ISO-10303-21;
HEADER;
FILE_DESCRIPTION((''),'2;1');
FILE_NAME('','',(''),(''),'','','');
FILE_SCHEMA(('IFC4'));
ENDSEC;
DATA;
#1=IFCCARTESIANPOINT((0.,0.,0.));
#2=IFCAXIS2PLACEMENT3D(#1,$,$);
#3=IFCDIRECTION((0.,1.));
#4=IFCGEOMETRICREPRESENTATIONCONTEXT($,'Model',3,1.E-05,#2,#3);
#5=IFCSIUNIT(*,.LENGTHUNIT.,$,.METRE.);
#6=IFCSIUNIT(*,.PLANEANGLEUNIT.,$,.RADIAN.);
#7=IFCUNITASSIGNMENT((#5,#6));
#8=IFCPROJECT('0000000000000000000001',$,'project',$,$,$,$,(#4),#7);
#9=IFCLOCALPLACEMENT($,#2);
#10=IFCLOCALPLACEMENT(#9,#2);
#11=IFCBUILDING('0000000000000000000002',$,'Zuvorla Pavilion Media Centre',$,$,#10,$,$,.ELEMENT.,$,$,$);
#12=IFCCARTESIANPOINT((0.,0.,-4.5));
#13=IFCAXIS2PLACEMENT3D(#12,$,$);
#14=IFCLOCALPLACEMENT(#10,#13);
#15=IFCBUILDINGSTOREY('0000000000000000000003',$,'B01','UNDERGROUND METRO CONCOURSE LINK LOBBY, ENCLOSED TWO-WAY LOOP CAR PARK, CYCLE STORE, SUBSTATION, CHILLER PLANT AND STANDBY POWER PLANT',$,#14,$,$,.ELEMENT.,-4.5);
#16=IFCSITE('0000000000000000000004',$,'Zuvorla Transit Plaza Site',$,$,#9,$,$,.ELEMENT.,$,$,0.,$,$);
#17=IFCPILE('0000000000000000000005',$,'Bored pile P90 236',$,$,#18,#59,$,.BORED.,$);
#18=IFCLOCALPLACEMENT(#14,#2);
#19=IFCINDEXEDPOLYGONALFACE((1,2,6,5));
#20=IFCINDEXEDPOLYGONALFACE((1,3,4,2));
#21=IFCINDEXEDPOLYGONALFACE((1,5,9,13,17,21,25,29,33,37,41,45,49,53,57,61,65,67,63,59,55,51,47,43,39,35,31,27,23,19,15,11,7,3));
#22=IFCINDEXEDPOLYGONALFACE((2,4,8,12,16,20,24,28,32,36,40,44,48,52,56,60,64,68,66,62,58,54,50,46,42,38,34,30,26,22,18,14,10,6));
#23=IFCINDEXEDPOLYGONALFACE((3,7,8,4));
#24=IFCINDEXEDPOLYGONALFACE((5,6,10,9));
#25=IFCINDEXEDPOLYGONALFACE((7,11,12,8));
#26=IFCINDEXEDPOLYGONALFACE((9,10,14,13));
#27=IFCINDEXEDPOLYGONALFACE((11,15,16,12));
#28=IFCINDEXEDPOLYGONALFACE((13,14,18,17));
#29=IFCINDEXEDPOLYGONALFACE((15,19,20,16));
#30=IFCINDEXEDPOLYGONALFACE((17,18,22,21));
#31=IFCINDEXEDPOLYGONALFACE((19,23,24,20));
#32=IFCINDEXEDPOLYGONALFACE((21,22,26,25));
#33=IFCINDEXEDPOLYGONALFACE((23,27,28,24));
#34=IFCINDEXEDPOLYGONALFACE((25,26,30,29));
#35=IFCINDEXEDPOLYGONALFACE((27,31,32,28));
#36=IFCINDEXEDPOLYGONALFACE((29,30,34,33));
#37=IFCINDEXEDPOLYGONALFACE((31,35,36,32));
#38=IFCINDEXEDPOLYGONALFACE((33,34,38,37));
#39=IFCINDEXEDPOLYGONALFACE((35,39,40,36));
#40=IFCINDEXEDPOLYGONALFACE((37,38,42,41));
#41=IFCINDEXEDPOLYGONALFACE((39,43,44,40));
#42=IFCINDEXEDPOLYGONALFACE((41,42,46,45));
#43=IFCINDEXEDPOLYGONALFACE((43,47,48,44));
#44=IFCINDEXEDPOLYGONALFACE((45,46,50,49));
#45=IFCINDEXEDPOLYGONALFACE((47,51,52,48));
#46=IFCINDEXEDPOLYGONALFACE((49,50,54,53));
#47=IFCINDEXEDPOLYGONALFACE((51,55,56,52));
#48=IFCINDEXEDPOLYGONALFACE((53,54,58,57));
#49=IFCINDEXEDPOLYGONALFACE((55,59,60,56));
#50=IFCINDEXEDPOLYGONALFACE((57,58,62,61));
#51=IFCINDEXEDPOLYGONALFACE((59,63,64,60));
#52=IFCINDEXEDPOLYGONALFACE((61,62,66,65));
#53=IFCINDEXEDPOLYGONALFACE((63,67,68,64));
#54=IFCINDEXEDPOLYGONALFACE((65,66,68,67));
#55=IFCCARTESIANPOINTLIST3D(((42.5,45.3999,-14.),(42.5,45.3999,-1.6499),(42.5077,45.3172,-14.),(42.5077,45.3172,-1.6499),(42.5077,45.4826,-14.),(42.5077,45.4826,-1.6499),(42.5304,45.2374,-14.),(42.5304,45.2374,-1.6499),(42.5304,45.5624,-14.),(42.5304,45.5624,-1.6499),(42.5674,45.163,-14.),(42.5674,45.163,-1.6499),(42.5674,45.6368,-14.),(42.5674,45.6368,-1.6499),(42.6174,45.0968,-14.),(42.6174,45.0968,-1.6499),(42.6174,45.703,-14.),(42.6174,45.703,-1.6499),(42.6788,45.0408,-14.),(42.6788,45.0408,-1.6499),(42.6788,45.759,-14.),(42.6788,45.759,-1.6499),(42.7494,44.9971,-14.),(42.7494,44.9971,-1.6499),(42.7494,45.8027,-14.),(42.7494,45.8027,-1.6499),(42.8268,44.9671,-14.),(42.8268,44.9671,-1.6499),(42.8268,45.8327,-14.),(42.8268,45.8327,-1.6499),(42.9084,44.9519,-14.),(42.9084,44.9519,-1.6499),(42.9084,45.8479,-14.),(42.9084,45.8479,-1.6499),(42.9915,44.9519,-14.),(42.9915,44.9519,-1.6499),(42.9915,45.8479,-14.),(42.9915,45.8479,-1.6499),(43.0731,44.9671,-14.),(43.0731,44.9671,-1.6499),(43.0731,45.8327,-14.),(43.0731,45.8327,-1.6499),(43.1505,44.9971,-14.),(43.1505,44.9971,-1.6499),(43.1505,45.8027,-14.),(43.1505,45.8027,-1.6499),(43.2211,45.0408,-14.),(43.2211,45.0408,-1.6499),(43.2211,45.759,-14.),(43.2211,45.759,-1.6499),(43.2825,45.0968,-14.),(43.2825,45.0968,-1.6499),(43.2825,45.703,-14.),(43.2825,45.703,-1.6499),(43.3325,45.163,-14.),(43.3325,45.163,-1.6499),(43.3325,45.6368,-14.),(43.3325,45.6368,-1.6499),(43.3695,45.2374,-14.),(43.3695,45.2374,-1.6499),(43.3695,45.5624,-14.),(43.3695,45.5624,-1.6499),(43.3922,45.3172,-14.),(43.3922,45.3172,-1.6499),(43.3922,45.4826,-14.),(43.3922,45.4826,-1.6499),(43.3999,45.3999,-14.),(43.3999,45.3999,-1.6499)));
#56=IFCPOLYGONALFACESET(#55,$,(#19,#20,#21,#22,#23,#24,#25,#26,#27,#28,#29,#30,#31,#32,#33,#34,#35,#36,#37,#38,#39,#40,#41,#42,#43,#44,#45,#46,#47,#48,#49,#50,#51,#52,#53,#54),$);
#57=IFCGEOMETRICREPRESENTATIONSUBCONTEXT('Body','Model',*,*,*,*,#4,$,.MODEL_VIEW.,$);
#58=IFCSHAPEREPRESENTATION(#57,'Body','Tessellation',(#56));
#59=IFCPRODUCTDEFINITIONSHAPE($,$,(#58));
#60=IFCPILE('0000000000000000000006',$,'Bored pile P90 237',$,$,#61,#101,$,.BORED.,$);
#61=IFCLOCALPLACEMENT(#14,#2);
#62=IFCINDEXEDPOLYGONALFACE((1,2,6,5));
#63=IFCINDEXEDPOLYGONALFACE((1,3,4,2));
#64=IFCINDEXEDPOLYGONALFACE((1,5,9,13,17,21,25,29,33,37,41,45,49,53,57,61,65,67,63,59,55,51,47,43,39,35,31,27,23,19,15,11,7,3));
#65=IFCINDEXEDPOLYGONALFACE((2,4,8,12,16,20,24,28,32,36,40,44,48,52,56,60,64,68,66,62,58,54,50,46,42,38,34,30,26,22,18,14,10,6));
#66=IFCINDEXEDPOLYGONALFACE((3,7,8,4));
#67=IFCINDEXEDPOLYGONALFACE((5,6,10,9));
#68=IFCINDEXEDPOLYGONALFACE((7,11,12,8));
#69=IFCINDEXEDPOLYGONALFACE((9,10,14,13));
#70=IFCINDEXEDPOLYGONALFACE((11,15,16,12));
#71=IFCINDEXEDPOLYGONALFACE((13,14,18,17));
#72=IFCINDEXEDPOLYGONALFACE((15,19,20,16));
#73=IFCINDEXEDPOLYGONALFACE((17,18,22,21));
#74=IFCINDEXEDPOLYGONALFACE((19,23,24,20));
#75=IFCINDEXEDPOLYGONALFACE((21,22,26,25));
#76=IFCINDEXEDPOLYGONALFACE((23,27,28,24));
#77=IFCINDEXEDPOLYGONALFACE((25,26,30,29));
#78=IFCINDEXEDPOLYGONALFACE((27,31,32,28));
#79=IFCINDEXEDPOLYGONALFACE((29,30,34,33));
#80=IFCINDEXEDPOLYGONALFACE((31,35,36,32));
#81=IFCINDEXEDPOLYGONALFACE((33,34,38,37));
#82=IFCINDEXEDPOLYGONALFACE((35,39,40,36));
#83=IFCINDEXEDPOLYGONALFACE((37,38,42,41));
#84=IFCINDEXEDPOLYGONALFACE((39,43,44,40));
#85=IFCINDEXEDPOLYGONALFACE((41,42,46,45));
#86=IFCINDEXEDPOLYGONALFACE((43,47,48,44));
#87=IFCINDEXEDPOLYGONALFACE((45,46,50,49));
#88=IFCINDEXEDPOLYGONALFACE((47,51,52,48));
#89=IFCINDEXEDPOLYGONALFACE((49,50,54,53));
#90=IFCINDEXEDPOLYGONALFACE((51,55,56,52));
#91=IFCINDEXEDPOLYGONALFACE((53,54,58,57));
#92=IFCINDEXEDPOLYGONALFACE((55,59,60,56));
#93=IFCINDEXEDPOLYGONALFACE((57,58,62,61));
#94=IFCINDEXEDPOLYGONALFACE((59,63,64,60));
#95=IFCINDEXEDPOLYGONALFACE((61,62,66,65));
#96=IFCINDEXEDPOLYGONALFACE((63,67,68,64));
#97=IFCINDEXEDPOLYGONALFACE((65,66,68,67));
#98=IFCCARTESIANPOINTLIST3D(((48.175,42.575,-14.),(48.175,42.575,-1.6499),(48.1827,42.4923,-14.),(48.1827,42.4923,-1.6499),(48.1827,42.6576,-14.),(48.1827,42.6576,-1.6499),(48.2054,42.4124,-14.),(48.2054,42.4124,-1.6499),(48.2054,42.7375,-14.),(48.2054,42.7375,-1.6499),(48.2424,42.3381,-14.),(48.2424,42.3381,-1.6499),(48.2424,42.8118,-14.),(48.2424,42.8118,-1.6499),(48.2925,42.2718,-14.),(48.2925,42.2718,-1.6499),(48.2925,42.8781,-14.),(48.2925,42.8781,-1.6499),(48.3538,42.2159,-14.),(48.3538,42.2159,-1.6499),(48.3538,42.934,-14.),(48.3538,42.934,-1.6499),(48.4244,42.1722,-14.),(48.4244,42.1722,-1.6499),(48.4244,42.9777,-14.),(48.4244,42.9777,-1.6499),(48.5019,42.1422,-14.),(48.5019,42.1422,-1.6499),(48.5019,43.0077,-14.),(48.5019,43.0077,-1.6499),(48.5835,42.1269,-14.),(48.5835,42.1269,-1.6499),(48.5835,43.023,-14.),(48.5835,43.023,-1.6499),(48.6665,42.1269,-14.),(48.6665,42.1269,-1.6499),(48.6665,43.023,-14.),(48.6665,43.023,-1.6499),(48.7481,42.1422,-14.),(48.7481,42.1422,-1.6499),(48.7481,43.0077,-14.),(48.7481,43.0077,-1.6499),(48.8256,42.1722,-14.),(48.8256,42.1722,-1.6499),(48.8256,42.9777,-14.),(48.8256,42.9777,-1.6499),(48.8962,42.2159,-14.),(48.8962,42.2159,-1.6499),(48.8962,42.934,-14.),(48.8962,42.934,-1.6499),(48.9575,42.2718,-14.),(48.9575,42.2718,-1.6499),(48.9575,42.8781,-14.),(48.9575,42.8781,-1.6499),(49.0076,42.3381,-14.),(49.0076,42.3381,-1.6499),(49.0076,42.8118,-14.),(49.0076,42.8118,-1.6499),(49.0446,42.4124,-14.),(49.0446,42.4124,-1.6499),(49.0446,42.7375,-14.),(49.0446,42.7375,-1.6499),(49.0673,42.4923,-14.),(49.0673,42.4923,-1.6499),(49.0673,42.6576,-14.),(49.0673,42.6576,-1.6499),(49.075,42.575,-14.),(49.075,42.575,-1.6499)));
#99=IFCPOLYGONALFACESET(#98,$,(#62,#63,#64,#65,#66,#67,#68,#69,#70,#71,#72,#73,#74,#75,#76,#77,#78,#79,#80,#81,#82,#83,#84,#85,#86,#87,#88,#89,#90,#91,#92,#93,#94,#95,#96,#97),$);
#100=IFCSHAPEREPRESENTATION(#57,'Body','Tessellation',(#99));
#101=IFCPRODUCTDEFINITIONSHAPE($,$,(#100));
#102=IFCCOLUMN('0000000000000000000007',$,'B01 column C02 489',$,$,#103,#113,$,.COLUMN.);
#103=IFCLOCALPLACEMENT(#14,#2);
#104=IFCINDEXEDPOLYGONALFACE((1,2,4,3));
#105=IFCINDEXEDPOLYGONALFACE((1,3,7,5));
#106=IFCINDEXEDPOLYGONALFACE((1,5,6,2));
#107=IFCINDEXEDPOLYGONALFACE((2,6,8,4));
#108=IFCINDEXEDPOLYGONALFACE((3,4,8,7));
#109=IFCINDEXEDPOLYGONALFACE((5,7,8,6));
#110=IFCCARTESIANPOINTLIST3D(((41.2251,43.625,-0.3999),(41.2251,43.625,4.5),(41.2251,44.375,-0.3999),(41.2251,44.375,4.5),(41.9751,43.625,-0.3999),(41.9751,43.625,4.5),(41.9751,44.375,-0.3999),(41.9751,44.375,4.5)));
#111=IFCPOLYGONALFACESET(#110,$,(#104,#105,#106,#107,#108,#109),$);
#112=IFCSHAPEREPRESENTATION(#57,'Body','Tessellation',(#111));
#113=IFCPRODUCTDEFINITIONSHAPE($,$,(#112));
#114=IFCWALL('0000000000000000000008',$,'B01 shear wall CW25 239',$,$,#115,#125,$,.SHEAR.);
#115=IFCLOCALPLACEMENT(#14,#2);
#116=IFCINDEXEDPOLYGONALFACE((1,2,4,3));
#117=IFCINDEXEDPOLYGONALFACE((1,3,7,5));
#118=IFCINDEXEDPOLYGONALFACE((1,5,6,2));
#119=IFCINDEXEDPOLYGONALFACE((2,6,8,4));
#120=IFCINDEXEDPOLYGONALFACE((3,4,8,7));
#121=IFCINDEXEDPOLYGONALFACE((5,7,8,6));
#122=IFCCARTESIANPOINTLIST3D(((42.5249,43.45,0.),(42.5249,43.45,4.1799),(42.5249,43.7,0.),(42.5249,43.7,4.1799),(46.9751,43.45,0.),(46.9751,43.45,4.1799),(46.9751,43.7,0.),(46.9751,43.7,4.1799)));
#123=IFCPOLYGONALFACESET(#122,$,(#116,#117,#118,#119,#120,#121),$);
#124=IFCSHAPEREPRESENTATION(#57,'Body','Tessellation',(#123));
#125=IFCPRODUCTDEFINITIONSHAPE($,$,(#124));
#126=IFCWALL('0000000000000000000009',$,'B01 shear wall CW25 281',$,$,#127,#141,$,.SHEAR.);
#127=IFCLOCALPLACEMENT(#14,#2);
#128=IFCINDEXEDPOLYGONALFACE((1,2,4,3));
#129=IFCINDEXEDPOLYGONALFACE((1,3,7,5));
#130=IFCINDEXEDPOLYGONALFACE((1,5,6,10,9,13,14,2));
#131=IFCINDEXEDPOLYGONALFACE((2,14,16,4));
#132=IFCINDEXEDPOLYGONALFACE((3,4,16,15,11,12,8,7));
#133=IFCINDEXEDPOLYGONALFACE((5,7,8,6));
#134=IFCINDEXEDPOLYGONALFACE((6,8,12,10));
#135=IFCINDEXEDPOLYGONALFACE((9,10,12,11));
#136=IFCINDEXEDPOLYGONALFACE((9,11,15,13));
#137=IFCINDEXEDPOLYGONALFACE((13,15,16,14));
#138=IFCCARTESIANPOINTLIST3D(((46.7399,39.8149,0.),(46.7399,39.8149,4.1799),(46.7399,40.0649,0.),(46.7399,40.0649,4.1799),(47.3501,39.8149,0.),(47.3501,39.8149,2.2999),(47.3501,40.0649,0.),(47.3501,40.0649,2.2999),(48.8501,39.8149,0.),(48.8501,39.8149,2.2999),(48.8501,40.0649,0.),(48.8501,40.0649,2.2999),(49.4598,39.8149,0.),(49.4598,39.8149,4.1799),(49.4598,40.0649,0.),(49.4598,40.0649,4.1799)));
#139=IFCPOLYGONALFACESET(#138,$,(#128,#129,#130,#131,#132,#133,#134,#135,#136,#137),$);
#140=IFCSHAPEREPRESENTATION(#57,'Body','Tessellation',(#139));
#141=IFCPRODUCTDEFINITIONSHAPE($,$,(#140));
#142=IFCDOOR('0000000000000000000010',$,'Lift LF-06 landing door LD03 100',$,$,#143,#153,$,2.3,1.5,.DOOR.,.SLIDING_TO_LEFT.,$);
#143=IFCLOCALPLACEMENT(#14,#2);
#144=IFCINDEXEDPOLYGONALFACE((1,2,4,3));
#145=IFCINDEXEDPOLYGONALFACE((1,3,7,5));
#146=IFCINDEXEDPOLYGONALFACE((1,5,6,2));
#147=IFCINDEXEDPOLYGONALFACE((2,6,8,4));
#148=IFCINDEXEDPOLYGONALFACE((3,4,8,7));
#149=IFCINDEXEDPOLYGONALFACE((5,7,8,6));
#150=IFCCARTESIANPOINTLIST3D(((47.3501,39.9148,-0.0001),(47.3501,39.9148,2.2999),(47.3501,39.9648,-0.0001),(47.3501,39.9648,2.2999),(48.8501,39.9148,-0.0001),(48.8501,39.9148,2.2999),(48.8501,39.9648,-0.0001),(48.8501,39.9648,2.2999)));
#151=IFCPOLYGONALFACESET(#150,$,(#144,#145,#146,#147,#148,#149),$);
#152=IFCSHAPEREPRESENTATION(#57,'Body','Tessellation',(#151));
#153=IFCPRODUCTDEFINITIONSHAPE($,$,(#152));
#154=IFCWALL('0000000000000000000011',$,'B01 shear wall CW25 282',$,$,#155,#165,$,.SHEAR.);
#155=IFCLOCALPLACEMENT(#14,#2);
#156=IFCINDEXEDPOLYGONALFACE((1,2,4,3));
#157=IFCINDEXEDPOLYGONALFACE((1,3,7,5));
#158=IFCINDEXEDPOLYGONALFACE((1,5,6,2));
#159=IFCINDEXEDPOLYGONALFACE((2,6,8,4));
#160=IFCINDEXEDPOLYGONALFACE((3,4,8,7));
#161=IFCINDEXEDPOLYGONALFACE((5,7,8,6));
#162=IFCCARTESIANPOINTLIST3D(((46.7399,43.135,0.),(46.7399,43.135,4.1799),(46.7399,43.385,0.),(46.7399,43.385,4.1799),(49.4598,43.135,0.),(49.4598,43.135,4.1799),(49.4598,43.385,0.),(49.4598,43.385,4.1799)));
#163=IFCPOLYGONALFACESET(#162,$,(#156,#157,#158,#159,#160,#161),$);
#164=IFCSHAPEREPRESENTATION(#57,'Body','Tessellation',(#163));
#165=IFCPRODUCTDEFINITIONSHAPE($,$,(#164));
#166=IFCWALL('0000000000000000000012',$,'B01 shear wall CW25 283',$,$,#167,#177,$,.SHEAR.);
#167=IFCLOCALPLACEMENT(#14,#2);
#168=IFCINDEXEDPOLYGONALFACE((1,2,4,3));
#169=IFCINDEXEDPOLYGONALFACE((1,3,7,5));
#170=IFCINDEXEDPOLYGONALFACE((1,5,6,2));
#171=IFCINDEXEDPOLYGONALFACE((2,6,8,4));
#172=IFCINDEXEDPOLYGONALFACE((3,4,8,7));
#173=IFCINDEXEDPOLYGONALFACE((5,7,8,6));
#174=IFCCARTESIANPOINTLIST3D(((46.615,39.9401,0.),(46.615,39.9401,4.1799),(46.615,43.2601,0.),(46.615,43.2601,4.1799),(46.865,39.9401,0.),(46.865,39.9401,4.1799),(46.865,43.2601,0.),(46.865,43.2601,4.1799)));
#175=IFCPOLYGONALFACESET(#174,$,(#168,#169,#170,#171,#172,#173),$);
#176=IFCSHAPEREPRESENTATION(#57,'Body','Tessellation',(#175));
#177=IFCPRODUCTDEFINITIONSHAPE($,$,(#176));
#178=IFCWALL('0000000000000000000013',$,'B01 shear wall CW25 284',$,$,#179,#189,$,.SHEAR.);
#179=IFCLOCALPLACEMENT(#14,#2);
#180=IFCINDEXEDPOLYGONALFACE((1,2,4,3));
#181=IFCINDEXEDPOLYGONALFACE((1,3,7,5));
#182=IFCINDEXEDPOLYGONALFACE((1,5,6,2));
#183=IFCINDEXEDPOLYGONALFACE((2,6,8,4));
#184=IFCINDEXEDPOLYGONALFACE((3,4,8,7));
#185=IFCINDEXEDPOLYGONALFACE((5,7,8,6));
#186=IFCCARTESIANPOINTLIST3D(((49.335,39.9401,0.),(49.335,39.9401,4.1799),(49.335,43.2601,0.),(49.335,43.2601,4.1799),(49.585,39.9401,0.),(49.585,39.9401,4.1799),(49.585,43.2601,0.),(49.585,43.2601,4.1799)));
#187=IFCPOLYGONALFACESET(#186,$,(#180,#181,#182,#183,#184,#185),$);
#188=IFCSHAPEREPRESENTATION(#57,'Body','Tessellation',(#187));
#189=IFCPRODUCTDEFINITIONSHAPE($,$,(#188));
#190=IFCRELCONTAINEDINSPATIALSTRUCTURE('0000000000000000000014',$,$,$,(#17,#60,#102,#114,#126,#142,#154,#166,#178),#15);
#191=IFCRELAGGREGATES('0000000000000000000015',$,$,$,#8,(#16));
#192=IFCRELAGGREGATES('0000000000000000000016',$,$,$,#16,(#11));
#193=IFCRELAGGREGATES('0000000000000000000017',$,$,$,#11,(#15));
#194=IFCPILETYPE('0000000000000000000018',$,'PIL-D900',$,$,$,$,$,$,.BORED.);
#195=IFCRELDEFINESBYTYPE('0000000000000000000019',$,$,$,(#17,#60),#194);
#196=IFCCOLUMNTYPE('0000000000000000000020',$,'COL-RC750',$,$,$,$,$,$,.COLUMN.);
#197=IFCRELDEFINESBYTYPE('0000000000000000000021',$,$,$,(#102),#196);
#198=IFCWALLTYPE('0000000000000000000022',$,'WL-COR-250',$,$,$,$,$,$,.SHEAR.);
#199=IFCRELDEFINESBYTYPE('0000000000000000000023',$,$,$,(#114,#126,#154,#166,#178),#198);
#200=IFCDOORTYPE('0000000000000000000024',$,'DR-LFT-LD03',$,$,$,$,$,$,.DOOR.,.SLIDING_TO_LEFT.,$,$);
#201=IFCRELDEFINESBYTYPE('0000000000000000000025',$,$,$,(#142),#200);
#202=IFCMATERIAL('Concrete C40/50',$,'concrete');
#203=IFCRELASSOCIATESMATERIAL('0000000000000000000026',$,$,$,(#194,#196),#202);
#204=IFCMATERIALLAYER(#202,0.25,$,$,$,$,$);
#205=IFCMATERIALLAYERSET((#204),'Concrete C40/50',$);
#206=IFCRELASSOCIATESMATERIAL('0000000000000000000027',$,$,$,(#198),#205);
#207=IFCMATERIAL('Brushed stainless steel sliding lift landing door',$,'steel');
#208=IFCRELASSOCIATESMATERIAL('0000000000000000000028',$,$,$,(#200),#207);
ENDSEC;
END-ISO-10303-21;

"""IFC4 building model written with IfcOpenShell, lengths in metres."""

from ifc_helpers import new_model, si_unit, direction, frame, frame_2d, origin, origin_2d, place, context, subcontext, project, spatial, rectangle, circle, extrude, material, layer, layer_set, material_profile, profile_set, type_object, element, fill, save


model = new_model("IFC4")

# Units and contexts
model_context = context("Model", 3, precision=1e-05, world=origin(), true_north=direction((0.0, 1.0)))
body_context = subcontext(model_context, "Body", "Model", "MODEL_VIEW")
ifc_project = project(units=[si_unit("LENGTHUNIT", "METRE"), si_unit("PLANEANGLEUNIT", "RADIAN")], contexts=[model_context])

# Site, building, storey
site_placement = place(None, origin())
site = spatial("IfcSite", under=ifc_project, at=site_placement, Name="Zuvorla Transit Plaza Site", CompositionType="ELEMENT", RefElevation=0.0)
building_placement = place(site_placement, origin())
building = spatial("IfcBuilding", under=site, at=building_placement, Name="Zuvorla Pavilion Media Centre", CompositionType="ELEMENT")
storey_placement = place(building_placement, frame((0.0, 0.0, -4.5)))
storey = spatial("IfcBuildingStorey", under=building, at=storey_placement, Name="B01", Description="UNDERGROUND METRO CONCOURSE LINK LOBBY, ENCLOSED TWO-WAY LOOP CAR PARK, CYCLE STORE, SUBSTATION, CHILLER PLANT AND STANDBY POWER PLANT", CompositionType="ELEMENT", Elevation=-4.5)

# Shared definitions
ifc_material_1 = material(Name="Concrete C40/50", Category="concrete")

# Piles
ifc_material_profile_1 = material_profile(ifc_material_1, circle(Radius=0.45, at=origin_2d()), Name="BORED PILE 900")
ifc_profile_set_1 = profile_set([ifc_material_profile_1], Name="Concrete C40/50")
pile_type = type_object("IfcPileType", Name="PIL-D900", PredefinedType="BORED", material=ifc_profile_set_1)
for number, where, z_axis, x_axis, name in (
    (1, (42.95, 45.3999, -1.6499), (0.0, 0.0, -1.0), (1.0, 0.0, 0.0), "Bored pile P90 236"),
    (2, (48.625, 42.575, -1.6499), (0.0, 0.0, -1.0), (1.0, 0.0, 0.0), "Bored pile P90 237"),
):
    element("IfcPile", number, at=place(storey_placement, frame(where, z_axis=z_axis, x_axis=x_axis)), inside=storey, type_object=pile_type, Name=name, PredefinedType="BORED", context=body_context, shape_type="SweptSolid", body=[
        extrude(circle(Radius=0.45, at=origin_2d()), origin(), (0.0, 0.0, 1.0), 12.3501),
    ])

# Column
ifc_material_profile_2 = material_profile(ifc_material_1, rectangle(XDim=0.75, YDim=0.75, at=origin_2d()), Name="RC 750x750")
ifc_profile_set_2 = profile_set([ifc_material_profile_2], Name="Concrete C40/50")
column_type = type_object("IfcColumnType", Name="COL-RC750", PredefinedType="COLUMN", material=ifc_profile_set_2)
column_placement = place(storey_placement, frame((41.6001, 44.0, -0.3999), z_axis=(0.0, 0.0, 1.0), x_axis=(1.0, 0.0, 0.0)))
element("IfcColumn", 3, at=column_placement, inside=storey, type_object=column_type, Name="B01 column C02 489", PredefinedType="COLUMN", context=body_context, shape_type="SweptSolid", body=[
    extrude(rectangle(XDim=0.75, YDim=0.75, at=origin_2d()), origin(), (0.0, 0.0, 1.0), 4.8999),
])

# Wall
ifc_layer_1 = layer(ifc_material_1, 0.25)
ifc_layer_set_1 = layer_set([ifc_layer_1], Name="Concrete C40/50")
wall_type_1 = type_object("IfcWallType", Name="WL-COR-250", PredefinedType="SHEAR", material=ifc_layer_set_1)
wall_1_placement = place(storey_placement, frame((42.5249, 43.575, 0.0), z_axis=(0.0, 0.0, 1.0), x_axis=(1.0, 0.0, 0.0)))
element("IfcWall", 4, at=wall_1_placement, inside=storey, type_object=wall_type_1, Name="B01 shear wall CW25 239", PredefinedType="SHEAR", context=body_context, shape_type="SweptSolid", body=[
    extrude(rectangle(XDim=4.4502, YDim=0.25, at=frame_2d((2.2251, 0.0))), origin(), (0.0, 0.0, 1.0), 4.1799),
])

# Wall, opening, door
ifc_material_2 = material(Name="Brushed stainless steel sliding lift landing door", Category="steel")
wall_2_placement = place(storey_placement, frame((46.74, 39.9399, 0.0), z_axis=(0.0, 0.0, 1.0), x_axis=(1.0, 0.0, 0.0)))
wall_2 = element("IfcWall", 5, at=wall_2_placement, inside=storey, type_object=wall_type_1, Name="B01 shear wall CW25 281", PredefinedType="SHEAR", context=body_context, shape_type="SweptSolid", body=[
    extrude(rectangle(XDim=2.72, YDim=0.25, at=frame_2d((1.3599, 0.0))), origin(), (0.0, 0.0, 1.0), 4.1799),
])
opening_1_placement = place(wall_2_placement, frame((0.6101, 0.0, 0.0)))
opening_1 = element("IfcOpeningElement", 6, at=opening_1_placement, cuts=wall_2, PredefinedType="OPENING", context=body_context, shape_type="SweptSolid", body=[
    extrude(rectangle(XDim=1.5, YDim=2.3, at=frame_2d((0.75, 1.1499))), frame((0.0, 0.135, 0.0), z_axis=(0.0, -1.0, 0.0), x_axis=(1.0, 0.0, 0.0)), (0.0, 0.0, 1.0), 0.27),
])
door_type_1 = type_object("IfcDoorType", Name="DR-LFT-LD03", OperationType="SLIDING_TO_LEFT", PredefinedType="DOOR", material=ifc_material_2)
door_1_placement = place(opening_1_placement, origin())
door_1 = element("IfcDoor", 7, at=door_1_placement, inside=storey, type_object=door_type_1, Name="Lift LF-06 landing door LD03 100", OperationType="SLIDING_TO_LEFT", OverallHeight=2.3, OverallWidth=1.5, PredefinedType="DOOR", context=body_context, shape_type="SweptSolid", body=[
    extrude(rectangle(XDim=1.5, YDim=2.3, at=frame_2d((0.75, 1.1499))), frame((0.0, 0.0249, 0.0), z_axis=(0.0, -1.0, 0.0), x_axis=(1.0, 0.0, 0.0)), (0.0, 0.0, 1.0), 0.05),
])
fill(opening_1, door_1)

# Walls
wall_3_placement = place(storey_placement, frame((46.74, 43.26, 0.0), z_axis=(0.0, 0.0, 1.0), x_axis=(1.0, 0.0, 0.0)))
element("IfcWall", 8, at=wall_3_placement, inside=storey, type_object=wall_type_1, Name="B01 shear wall CW25 282", PredefinedType="SHEAR", context=body_context, shape_type="SweptSolid", body=[
    extrude(rectangle(XDim=2.72, YDim=0.25, at=frame_2d((1.3599, 0.0))), origin(), (0.0, 0.0, 1.0), 4.1799),
])
for number, where, z_axis, x_axis, name in (
    (9, (46.74, 39.9399, 0.0), (0.0, 0.0, 1.0), (0.0, 1.0, 0.0), "B01 shear wall CW25 283"),
    (10, (49.46, 39.9399, 0.0), (0.0, 0.0, 1.0), (0.0, 1.0, 0.0), "B01 shear wall CW25 284"),
):
    element("IfcWall", number, at=place(storey_placement, frame(where, z_axis=z_axis, x_axis=x_axis)), inside=storey, type_object=wall_type_1, Name=name, PredefinedType="SHEAR", context=body_context, shape_type="SweptSolid", body=[
        extrude(rectangle(XDim=3.3201, YDim=0.25, at=frame_2d((1.6602, 0.0))), origin(), (0.0, 0.0, 1.0), 4.1799),
    ])

save(model, "model.ifc")
